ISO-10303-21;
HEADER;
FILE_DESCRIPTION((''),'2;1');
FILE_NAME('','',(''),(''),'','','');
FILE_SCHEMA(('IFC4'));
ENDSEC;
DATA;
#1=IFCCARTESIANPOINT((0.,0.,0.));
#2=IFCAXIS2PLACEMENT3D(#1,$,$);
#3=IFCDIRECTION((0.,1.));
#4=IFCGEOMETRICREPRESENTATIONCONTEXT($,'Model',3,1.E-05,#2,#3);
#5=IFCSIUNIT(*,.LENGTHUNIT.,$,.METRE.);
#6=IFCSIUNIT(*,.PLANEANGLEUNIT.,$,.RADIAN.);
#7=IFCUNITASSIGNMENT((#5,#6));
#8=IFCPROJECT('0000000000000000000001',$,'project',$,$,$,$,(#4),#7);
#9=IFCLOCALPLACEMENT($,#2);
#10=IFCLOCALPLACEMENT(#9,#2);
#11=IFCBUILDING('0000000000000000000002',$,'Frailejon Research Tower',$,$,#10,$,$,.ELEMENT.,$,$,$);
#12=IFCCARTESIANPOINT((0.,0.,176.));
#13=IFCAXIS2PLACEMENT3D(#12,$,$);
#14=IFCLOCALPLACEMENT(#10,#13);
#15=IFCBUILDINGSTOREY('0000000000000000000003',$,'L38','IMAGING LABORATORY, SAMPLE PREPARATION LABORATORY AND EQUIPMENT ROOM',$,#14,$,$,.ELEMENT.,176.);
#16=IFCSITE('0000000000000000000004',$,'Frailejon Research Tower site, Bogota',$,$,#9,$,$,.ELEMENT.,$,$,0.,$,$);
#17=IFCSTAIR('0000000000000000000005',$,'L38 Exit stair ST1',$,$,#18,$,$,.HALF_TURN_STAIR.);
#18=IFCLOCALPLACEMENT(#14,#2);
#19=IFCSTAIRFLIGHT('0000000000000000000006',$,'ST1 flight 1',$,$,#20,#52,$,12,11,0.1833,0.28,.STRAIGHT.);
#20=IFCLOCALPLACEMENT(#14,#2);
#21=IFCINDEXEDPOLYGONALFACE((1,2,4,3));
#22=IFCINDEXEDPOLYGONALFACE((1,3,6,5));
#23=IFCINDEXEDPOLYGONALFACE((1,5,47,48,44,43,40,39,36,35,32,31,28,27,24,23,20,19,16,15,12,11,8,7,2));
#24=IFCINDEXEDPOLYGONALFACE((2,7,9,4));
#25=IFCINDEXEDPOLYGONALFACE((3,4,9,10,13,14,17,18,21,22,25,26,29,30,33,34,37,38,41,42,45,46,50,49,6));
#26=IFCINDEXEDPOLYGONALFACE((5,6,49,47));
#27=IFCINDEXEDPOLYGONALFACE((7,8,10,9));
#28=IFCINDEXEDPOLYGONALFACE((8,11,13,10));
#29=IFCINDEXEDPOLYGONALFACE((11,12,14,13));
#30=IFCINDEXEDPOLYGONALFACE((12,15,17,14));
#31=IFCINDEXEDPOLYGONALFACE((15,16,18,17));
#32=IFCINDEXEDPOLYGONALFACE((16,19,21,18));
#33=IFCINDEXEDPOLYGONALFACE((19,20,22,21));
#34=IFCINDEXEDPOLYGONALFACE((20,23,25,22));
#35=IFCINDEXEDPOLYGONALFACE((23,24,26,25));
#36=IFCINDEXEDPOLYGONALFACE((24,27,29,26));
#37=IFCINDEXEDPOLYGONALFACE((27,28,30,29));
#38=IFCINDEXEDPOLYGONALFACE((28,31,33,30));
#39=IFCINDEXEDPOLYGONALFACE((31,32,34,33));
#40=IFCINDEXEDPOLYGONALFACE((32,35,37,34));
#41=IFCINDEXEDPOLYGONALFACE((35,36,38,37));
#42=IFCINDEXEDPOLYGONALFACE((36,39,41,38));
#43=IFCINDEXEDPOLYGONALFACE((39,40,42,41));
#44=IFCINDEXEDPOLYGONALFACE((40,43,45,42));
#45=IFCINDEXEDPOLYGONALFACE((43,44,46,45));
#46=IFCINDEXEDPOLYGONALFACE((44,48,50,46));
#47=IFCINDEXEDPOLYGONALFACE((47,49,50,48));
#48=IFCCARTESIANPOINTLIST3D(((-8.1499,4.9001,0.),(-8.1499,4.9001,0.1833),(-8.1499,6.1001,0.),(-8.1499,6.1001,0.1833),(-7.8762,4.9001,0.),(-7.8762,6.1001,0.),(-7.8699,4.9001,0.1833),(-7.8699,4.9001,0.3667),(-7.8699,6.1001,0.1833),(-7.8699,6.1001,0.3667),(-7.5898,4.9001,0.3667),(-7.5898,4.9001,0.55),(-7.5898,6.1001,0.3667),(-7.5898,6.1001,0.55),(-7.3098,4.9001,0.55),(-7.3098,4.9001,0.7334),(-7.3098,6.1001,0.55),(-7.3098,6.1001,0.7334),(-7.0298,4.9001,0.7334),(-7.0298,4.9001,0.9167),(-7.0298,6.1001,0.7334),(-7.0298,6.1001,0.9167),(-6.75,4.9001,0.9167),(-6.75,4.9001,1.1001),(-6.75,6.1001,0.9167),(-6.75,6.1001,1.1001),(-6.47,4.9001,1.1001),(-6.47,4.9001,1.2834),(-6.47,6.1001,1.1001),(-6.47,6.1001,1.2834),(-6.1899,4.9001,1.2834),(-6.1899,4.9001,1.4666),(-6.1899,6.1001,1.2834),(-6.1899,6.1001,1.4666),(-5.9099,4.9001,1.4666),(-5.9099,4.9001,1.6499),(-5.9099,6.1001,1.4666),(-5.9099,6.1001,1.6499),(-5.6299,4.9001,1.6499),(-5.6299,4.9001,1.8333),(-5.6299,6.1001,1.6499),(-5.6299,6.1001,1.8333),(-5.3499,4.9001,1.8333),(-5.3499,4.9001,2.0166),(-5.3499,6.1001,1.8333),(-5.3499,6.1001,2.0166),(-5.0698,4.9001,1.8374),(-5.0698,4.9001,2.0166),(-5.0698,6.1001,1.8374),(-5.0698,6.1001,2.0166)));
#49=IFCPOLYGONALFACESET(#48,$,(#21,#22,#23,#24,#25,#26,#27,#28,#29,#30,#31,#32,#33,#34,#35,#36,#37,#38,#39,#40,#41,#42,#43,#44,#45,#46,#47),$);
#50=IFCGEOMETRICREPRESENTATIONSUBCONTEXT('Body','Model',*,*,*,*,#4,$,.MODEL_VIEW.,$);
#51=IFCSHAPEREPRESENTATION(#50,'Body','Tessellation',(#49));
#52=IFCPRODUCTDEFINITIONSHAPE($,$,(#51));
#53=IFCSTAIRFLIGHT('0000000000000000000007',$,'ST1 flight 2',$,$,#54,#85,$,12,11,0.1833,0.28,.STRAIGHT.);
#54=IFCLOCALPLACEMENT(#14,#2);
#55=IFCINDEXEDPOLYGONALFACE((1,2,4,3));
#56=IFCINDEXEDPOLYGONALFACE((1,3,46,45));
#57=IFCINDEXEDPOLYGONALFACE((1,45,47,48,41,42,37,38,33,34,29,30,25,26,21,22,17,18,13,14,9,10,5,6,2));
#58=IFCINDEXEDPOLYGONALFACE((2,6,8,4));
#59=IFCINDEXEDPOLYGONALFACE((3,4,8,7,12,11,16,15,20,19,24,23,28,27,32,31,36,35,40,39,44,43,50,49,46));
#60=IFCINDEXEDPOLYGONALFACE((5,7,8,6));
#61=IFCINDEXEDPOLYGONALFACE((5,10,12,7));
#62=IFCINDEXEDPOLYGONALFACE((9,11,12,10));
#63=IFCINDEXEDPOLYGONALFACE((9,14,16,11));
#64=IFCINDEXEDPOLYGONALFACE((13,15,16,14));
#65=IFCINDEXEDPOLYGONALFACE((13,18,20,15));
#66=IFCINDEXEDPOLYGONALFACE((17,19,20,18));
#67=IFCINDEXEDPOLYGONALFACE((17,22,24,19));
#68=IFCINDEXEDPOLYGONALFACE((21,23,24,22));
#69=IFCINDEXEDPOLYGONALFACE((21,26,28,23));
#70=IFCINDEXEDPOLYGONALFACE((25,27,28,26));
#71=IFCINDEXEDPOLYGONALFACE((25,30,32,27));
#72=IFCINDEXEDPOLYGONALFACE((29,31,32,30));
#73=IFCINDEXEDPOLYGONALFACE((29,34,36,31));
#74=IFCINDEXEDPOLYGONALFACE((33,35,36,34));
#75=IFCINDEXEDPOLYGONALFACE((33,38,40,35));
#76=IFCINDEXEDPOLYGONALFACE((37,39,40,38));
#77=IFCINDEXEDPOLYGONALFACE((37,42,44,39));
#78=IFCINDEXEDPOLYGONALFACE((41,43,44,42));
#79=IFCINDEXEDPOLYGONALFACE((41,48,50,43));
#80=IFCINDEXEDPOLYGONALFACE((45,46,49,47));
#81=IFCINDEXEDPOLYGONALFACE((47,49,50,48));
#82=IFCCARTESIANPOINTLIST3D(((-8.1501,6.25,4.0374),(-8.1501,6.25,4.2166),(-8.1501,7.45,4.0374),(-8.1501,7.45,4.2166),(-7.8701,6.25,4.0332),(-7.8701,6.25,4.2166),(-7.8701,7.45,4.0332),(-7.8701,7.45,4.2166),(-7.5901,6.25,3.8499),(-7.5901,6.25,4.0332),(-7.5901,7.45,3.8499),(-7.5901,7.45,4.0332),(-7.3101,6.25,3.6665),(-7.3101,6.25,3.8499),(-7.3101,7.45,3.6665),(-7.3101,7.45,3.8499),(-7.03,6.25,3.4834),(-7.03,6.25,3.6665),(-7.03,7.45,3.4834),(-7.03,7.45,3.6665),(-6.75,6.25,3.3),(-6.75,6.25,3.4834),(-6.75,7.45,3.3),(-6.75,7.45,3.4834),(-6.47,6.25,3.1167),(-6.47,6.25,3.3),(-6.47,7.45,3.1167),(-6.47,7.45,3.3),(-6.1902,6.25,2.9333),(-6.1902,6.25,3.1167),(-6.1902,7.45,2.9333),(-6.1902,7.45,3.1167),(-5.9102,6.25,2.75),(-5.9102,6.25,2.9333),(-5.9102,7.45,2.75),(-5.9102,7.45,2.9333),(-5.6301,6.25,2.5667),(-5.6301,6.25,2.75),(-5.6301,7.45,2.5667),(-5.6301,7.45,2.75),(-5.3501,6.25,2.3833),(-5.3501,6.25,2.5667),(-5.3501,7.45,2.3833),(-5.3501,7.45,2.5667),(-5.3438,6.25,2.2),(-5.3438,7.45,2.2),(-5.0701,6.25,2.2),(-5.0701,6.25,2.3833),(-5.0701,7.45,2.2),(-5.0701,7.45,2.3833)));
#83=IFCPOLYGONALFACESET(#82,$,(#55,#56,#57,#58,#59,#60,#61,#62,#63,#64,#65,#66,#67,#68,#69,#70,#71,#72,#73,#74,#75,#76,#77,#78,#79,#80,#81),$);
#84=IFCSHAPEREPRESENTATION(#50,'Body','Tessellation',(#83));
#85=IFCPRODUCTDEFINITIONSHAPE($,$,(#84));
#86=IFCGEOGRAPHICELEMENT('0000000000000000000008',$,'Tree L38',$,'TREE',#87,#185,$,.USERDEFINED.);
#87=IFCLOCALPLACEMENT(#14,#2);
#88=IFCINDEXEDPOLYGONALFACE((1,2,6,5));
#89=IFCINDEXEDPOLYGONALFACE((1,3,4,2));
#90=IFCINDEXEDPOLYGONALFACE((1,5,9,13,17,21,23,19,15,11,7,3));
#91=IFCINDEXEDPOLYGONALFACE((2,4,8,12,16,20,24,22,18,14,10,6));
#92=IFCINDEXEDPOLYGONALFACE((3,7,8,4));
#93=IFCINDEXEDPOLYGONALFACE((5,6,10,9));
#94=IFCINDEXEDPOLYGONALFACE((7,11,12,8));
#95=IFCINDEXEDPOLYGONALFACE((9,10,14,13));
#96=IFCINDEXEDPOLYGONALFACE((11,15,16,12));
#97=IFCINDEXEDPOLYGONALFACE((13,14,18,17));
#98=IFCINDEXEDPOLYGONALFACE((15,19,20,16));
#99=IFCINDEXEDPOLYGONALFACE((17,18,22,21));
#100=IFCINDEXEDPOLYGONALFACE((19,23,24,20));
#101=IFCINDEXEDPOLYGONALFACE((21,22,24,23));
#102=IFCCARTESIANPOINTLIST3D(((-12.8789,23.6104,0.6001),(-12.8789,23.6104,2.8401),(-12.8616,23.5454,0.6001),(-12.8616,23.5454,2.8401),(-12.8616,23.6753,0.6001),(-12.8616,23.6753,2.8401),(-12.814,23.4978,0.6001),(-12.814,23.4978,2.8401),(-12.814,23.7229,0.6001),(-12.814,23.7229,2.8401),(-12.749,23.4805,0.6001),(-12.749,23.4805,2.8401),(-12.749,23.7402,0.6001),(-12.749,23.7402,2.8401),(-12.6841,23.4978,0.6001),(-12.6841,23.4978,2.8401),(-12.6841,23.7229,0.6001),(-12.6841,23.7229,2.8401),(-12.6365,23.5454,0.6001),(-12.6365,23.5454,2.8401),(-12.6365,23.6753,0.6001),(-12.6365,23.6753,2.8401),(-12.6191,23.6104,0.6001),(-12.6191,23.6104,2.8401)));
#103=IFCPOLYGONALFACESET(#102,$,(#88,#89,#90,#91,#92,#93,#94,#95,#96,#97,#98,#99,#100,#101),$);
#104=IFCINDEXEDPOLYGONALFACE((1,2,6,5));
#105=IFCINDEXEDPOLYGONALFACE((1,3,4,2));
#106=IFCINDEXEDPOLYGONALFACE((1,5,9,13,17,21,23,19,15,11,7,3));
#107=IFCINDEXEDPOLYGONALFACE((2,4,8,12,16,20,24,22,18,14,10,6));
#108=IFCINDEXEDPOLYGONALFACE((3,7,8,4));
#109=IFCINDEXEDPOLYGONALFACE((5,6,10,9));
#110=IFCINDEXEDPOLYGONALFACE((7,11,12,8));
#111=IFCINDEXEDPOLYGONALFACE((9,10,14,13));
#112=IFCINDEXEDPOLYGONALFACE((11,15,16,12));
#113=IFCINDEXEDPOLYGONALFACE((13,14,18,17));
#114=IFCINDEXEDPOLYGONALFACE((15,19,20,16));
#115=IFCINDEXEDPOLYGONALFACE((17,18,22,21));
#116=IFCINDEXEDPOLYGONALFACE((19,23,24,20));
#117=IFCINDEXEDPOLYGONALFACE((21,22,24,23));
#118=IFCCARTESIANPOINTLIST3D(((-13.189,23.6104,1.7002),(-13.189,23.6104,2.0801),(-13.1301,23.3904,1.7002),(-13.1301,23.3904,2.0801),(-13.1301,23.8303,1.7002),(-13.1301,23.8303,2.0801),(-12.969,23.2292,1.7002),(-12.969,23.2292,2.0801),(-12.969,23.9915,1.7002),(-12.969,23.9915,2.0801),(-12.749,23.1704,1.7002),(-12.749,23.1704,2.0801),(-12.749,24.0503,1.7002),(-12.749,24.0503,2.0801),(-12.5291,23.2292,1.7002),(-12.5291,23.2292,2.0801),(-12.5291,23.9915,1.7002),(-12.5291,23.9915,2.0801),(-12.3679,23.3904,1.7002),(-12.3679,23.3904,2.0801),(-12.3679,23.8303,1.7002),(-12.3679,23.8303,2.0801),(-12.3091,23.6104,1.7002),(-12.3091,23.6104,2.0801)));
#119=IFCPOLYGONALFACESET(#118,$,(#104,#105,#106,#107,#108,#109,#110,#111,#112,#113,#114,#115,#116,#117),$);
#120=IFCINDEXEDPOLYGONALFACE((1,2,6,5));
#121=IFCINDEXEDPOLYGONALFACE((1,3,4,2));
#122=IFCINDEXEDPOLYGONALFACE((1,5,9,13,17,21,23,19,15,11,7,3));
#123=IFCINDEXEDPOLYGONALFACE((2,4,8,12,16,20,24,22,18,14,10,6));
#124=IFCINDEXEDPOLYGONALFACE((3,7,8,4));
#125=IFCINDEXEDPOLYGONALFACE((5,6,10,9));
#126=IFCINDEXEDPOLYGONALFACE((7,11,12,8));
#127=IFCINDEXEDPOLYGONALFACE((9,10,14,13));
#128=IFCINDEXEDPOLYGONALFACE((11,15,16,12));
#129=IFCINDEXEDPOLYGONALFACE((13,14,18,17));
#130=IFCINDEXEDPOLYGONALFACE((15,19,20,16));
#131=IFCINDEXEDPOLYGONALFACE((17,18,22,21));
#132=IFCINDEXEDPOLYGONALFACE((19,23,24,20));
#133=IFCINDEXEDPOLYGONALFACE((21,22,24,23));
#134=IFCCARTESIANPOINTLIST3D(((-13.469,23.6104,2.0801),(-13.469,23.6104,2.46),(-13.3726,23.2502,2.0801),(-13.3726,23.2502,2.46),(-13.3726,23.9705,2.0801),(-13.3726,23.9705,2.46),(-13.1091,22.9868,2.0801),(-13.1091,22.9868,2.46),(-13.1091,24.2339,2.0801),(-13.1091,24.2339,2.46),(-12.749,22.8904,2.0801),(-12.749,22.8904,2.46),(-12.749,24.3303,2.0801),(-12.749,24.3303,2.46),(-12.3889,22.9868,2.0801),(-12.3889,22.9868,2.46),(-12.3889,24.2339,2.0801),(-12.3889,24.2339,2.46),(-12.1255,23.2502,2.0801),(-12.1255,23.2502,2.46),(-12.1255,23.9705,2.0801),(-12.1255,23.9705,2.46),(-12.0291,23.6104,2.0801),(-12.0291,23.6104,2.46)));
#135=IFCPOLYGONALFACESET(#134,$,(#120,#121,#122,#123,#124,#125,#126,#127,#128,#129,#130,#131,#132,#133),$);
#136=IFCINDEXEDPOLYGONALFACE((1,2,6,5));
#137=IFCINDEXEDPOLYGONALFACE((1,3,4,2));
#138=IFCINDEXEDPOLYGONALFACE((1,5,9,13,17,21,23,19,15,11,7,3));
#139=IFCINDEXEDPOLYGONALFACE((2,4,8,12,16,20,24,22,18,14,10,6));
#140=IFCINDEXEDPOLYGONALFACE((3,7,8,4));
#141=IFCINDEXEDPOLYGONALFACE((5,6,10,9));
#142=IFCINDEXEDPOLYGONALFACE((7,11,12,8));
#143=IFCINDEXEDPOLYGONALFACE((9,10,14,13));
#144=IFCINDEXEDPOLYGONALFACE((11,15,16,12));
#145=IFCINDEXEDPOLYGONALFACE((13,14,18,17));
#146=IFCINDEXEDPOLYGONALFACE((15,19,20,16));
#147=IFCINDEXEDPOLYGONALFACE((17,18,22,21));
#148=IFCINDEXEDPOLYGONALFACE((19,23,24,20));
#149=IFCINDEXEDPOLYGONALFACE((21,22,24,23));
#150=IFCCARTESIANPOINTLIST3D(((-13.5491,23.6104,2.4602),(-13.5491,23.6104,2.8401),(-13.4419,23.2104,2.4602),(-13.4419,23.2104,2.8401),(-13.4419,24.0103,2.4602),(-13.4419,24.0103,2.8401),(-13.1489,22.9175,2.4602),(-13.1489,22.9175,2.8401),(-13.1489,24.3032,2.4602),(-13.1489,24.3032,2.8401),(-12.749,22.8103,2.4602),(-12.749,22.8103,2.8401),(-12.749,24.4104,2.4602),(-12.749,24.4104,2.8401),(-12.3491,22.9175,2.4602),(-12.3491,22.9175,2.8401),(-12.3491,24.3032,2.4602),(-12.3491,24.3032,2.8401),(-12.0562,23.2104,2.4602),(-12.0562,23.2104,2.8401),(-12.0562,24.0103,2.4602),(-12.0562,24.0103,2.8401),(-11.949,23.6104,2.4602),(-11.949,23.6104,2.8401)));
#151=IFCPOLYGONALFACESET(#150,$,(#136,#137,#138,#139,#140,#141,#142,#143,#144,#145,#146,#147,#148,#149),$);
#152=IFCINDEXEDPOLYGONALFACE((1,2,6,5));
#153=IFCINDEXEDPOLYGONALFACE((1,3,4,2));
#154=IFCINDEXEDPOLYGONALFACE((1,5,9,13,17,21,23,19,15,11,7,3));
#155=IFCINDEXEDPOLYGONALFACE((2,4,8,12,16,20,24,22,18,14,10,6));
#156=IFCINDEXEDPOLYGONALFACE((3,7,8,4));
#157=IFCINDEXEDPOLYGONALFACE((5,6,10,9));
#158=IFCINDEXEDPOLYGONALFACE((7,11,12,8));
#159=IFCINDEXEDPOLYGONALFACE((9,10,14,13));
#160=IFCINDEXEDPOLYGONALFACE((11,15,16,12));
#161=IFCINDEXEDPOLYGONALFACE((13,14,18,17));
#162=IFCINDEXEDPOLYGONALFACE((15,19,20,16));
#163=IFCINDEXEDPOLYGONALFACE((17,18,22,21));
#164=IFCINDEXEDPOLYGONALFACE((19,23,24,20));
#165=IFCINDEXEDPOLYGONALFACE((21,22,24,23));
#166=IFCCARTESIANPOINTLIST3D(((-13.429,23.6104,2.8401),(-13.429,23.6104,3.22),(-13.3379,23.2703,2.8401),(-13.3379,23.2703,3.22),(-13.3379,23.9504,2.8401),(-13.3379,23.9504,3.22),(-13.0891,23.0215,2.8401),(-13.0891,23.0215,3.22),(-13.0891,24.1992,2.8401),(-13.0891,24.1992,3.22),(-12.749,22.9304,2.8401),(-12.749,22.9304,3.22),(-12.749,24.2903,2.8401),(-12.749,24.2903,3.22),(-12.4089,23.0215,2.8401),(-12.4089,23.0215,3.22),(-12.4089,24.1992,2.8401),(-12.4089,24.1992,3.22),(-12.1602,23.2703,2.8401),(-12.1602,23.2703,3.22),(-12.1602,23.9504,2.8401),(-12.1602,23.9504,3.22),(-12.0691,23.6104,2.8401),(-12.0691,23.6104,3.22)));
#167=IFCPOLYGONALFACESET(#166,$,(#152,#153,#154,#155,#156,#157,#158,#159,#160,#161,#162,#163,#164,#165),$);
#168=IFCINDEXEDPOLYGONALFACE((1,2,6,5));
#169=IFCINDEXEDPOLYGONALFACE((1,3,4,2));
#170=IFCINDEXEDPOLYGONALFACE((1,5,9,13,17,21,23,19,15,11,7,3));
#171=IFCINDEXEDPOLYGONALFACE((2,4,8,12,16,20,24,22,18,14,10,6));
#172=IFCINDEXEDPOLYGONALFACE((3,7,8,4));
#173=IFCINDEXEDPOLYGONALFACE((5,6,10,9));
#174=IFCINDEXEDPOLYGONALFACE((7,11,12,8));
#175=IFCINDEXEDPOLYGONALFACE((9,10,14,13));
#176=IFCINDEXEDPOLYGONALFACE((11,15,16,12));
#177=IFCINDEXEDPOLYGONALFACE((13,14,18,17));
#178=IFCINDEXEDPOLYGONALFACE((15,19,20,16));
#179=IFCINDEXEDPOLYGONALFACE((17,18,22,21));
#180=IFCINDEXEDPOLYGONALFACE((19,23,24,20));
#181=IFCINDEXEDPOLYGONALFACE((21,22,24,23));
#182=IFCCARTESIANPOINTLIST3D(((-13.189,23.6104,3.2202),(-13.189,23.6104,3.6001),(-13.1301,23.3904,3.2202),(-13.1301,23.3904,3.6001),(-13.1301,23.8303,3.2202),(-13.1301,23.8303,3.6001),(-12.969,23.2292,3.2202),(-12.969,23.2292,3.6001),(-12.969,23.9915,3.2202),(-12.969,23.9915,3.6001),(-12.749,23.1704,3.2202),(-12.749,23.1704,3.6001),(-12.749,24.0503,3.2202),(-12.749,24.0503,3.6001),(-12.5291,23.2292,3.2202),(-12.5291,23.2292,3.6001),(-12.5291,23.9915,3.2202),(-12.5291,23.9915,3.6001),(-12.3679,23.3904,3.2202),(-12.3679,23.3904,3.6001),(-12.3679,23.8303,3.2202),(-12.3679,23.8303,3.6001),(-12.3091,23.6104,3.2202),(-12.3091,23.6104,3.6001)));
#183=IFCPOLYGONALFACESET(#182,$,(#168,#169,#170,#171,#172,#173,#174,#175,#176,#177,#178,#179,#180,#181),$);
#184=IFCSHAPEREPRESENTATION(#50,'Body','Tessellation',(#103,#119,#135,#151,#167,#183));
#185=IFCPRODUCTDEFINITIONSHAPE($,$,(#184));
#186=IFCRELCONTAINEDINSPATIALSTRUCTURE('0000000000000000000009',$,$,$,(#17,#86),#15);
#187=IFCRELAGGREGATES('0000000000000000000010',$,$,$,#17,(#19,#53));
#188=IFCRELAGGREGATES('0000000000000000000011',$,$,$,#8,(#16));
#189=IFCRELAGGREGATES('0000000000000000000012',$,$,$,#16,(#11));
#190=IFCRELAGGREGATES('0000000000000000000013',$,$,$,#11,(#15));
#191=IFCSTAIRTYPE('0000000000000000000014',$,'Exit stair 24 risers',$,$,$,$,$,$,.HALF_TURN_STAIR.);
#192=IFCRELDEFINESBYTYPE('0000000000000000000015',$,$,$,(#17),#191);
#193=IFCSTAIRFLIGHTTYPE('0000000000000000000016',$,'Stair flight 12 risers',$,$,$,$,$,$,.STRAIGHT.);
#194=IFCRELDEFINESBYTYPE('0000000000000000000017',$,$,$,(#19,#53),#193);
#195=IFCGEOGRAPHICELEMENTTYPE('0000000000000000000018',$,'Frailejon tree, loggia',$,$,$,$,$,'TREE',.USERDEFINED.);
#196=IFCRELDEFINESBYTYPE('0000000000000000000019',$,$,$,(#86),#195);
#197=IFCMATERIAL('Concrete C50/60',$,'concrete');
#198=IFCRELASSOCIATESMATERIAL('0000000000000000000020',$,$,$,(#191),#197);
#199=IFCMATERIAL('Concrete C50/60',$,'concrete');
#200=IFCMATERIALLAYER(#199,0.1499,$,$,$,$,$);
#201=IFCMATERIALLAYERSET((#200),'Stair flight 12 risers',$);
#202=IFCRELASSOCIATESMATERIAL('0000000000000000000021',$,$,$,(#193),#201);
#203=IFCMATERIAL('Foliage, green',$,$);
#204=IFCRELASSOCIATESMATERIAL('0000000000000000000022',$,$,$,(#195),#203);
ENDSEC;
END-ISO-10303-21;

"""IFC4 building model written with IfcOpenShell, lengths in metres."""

from ifc_helpers import new_model, si_unit, direction, frame, origin, place, context, subcontext, project, spatial, polyline, outline, extrude, material, layer, layer_set, type_object, element, aggregate, save


model = new_model("IFC4")

# Units and contexts
model_context = context("Model", 3, precision=1e-05, world=origin(), true_north=direction((0.0, 1.0)))
body_context = subcontext(model_context, "Body", "Model", "MODEL_VIEW")
ifc_project = project(units=[si_unit("LENGTHUNIT", "METRE"), si_unit("PLANEANGLEUNIT", "RADIAN")], contexts=[model_context])

# Site, building, storey
site_placement = place(None, origin())
site = spatial("IfcSite", under=ifc_project, at=site_placement, Name="Frailejon Research Tower site, Bogota", CompositionType="ELEMENT", RefElevation=0.0)
building_placement = place(site_placement, origin())
building = spatial("IfcBuilding", under=site, at=building_placement, Name="Frailejon Research Tower", CompositionType="ELEMENT")
storey_placement = place(building_placement, frame((0.0, 0.0, 176.0)))
storey = spatial("IfcBuildingStorey", under=building, at=storey_placement, Name="L38", Description="IMAGING LABORATORY, SAMPLE PREPARATION LABORATORY AND EQUIPMENT ROOM", CompositionType="ELEMENT", Elevation=176.0)

# Stair, stair flights
ifc_material_1 = material(Name="Concrete C50/60", Category="concrete")
stair_type = type_object("IfcStairType", Name="Exit stair 24 risers", PredefinedType="HALF_TURN_STAIR", material=ifc_material_1)
stair_placement = place(storey_placement, origin())
stair = element("IfcStair", 1, at=stair_placement, inside=storey, type_object=stair_type, Name="L38 Exit stair ST1", PredefinedType="HALF_TURN_STAIR")
ifc_material_2 = material(Name="Concrete C50/60", Category="concrete")
ifc_layer_1 = layer(ifc_material_2, 0.1499)
ifc_layer_set_1 = layer_set([ifc_layer_1], Name="Stair flight 12 risers")
stair_flight_type = type_object("IfcStairFlightType", Name="Stair flight 12 risers", PredefinedType="STRAIGHT", material=ifc_layer_set_1)
stair_flight_1_placement = place(storey_placement, frame((-8.1499, 5.5, 0.0), z_axis=(0.0, 0.0, 1.0), x_axis=(1.0, 0.0, 0.0)))
stair_flight_1 = element("IfcStairFlight", 2, at=stair_flight_1_placement, type_object=stair_flight_type, Name="ST1 flight 1", NumberOfRisers=12, NumberOfTreads=11, PredefinedType="STRAIGHT", RiserHeight=0.1833, TreadLength=0.28, context=body_context, shape_type="SweptSolid", body=[
    extrude(outline(polyline([(0.0, 0.0), (0.0, 0.1833), (0.28, 0.1833), (0.28, 0.3667), (0.5601, 0.3667), (0.5601, 0.55), (0.8401, 0.55), (0.8401, 0.7334), (1.1201, 0.7334), (1.1201, 0.9167), (1.3999, 0.9167), (1.3999, 1.1001), (1.6799, 1.1001), (1.6799, 1.2834), (1.96, 1.2834), (1.96, 1.4666), (2.24, 1.4666), (2.24, 1.6499), (2.52, 1.6499), (2.52, 1.8333), (2.8, 1.8333), (2.8, 2.0166), (3.0801, 2.0166), (3.0801, 2.2), (3.0801, 1.8374), (0.2737, 0.0), (0.0, 0.0)])), frame((0.0, 0.6001, 0.0), z_axis=(0.0, -1.0, 0.0), x_axis=(1.0, 0.0, 0.0)), (0.0, 0.0, 1.0), 1.2),
])
stair_flight_2_placement = place(storey_placement, frame((-5.0701, 6.8501, 2.2), z_axis=(0.0, 0.0, 1.0), x_axis=(-1.0, 0.0, 0.0)))
stair_flight_2 = element("IfcStairFlight", 3, at=stair_flight_2_placement, type_object=stair_flight_type, Name="ST1 flight 2", NumberOfRisers=12, NumberOfTreads=11, PredefinedType="STRAIGHT", RiserHeight=0.1833, TreadLength=0.28, context=body_context, shape_type="SweptSolid", body=[
    extrude(outline(polyline([(0.0, 0.0), (0.0, 0.1833), (0.28, 0.1833), (0.28, 0.3667), (0.5601, 0.3667), (0.5601, 0.55), (0.8401, 0.55), (0.8401, 0.7334), (1.1201, 0.7334), (1.1201, 0.9167), (1.3999, 0.9167), (1.3999, 1.1001), (1.6799, 1.1001), (1.6799, 1.2834), (1.96, 1.2834), (1.96, 1.4666), (2.24, 1.4666), (2.24, 1.6499), (2.52, 1.6499), (2.52, 1.8333), (2.8, 1.8333), (2.8, 2.0166), (3.0801, 2.0166), (3.0801, 2.2), (3.0801, 1.8374), (0.2737, 0.0), (0.0, 0.0)])), frame((0.0, 0.6001, 0.0), z_axis=(0.0, -1.0, 0.0), x_axis=(1.0, 0.0, 0.0)), (0.0, 0.0, 1.0), 1.2),
])
aggregate(stair, [stair_flight_1, stair_flight_2])

# Geographic element
ifc_material_3 = material(Name="Foliage, green")
geographic_element_type = type_object("IfcGeographicElementType", Name="Frailejon tree, loggia", ElementType="TREE", PredefinedType="USERDEFINED", material=ifc_material_3)
geographic_element_placement = place(storey_placement, frame((-12.749, 23.6104, 0.6001)))
element("IfcGeographicElement", 4, at=geographic_element_placement, inside=storey, type_object=geographic_element_type, Name="Tree L38", ObjectType="TREE", PredefinedType="USERDEFINED", context=body_context, shape_type="SweptSolid", body=[
    extrude(outline(polyline([(0.1299, 0.0), (0.1125, 0.0649), (0.0649, 0.1125), (0.0, 0.1299), (-0.0649, 0.1125), (-0.1125, 0.0649), (-0.1299, 0.0), (-0.1125, -0.0649), (-0.0649, -0.1125), (0.0, -0.1299), (0.0649, -0.1125), (0.1125, -0.0649), (0.1299, 0.0)])), origin(), (0.0, 0.0, 1.0), 2.24),
    extrude(outline(polyline([(0.4399, 0.0), (0.3811, 0.22), (0.22, 0.3811), (0.0, 0.4399), (-0.22, 0.3811), (-0.3811, 0.22), (-0.4399, 0.0), (-0.3811, -0.22), (-0.22, -0.3811), (0.0, -0.4399), (0.22, -0.3811), (0.3811, -0.22), (0.4399, 0.0)])), frame((0.0, 0.0, 1.1001)), (0.0, 0.0, 1.0), 0.3799),
    extrude(outline(polyline([(0.72, 0.0), (0.6235, 0.3601), (0.3601, 0.6235), (0.0, 0.72), (-0.3601, 0.6235), (-0.6235, 0.3601), (-0.72, 0.0), (-0.6235, -0.3601), (-0.3601, -0.6235), (0.0, -0.72), (0.3601, -0.6235), (0.6235, -0.3601), (0.72, 0.0)])), frame((0.0, 0.0, 1.48)), (0.0, 0.0, 1.0), 0.3799),
    extrude(outline(polyline([(0.8, 0.0), (0.6929, 0.3999), (0.3999, 0.6929), (0.0, 0.8), (-0.3999, 0.6929), (-0.6929, 0.3999), (-0.8, 0.0), (-0.6929, -0.3999), (-0.3999, -0.6929), (0.0, -0.8), (0.3999, -0.6929), (0.6929, -0.3999), (0.8, 0.0)])), frame((0.0, 0.0, 1.8601)), (0.0, 0.0, 1.0), 0.3799),
    extrude(outline(polyline([(0.6799, 0.0), (0.5889, 0.3401), (0.3401, 0.5889), (0.0, 0.6799), (-0.3401, 0.5889), (-0.5889, 0.3401), (-0.6799, 0.0), (-0.5889, -0.3401), (-0.3401, -0.5889), (0.0, -0.6799), (0.3401, -0.5889), (0.5889, -0.3401), (0.6799, 0.0)])), frame((0.0, 0.0, 2.24)), (0.0, 0.0, 1.0), 0.3799),
    extrude(outline(polyline([(0.4399, 0.0), (0.3811, 0.22), (0.22, 0.3811), (0.0, 0.4399), (-0.22, 0.3811), (-0.3811, 0.22), (-0.4399, 0.0), (-0.3811, -0.22), (-0.22, -0.3811), (0.0, -0.4399), (0.22, -0.3811), (0.3811, -0.22), (0.4399, 0.0)])), frame((0.0, 0.0, 2.6201)), (0.0, 0.0, 1.0), 0.3799),
])

save(model, "model.ifc")
